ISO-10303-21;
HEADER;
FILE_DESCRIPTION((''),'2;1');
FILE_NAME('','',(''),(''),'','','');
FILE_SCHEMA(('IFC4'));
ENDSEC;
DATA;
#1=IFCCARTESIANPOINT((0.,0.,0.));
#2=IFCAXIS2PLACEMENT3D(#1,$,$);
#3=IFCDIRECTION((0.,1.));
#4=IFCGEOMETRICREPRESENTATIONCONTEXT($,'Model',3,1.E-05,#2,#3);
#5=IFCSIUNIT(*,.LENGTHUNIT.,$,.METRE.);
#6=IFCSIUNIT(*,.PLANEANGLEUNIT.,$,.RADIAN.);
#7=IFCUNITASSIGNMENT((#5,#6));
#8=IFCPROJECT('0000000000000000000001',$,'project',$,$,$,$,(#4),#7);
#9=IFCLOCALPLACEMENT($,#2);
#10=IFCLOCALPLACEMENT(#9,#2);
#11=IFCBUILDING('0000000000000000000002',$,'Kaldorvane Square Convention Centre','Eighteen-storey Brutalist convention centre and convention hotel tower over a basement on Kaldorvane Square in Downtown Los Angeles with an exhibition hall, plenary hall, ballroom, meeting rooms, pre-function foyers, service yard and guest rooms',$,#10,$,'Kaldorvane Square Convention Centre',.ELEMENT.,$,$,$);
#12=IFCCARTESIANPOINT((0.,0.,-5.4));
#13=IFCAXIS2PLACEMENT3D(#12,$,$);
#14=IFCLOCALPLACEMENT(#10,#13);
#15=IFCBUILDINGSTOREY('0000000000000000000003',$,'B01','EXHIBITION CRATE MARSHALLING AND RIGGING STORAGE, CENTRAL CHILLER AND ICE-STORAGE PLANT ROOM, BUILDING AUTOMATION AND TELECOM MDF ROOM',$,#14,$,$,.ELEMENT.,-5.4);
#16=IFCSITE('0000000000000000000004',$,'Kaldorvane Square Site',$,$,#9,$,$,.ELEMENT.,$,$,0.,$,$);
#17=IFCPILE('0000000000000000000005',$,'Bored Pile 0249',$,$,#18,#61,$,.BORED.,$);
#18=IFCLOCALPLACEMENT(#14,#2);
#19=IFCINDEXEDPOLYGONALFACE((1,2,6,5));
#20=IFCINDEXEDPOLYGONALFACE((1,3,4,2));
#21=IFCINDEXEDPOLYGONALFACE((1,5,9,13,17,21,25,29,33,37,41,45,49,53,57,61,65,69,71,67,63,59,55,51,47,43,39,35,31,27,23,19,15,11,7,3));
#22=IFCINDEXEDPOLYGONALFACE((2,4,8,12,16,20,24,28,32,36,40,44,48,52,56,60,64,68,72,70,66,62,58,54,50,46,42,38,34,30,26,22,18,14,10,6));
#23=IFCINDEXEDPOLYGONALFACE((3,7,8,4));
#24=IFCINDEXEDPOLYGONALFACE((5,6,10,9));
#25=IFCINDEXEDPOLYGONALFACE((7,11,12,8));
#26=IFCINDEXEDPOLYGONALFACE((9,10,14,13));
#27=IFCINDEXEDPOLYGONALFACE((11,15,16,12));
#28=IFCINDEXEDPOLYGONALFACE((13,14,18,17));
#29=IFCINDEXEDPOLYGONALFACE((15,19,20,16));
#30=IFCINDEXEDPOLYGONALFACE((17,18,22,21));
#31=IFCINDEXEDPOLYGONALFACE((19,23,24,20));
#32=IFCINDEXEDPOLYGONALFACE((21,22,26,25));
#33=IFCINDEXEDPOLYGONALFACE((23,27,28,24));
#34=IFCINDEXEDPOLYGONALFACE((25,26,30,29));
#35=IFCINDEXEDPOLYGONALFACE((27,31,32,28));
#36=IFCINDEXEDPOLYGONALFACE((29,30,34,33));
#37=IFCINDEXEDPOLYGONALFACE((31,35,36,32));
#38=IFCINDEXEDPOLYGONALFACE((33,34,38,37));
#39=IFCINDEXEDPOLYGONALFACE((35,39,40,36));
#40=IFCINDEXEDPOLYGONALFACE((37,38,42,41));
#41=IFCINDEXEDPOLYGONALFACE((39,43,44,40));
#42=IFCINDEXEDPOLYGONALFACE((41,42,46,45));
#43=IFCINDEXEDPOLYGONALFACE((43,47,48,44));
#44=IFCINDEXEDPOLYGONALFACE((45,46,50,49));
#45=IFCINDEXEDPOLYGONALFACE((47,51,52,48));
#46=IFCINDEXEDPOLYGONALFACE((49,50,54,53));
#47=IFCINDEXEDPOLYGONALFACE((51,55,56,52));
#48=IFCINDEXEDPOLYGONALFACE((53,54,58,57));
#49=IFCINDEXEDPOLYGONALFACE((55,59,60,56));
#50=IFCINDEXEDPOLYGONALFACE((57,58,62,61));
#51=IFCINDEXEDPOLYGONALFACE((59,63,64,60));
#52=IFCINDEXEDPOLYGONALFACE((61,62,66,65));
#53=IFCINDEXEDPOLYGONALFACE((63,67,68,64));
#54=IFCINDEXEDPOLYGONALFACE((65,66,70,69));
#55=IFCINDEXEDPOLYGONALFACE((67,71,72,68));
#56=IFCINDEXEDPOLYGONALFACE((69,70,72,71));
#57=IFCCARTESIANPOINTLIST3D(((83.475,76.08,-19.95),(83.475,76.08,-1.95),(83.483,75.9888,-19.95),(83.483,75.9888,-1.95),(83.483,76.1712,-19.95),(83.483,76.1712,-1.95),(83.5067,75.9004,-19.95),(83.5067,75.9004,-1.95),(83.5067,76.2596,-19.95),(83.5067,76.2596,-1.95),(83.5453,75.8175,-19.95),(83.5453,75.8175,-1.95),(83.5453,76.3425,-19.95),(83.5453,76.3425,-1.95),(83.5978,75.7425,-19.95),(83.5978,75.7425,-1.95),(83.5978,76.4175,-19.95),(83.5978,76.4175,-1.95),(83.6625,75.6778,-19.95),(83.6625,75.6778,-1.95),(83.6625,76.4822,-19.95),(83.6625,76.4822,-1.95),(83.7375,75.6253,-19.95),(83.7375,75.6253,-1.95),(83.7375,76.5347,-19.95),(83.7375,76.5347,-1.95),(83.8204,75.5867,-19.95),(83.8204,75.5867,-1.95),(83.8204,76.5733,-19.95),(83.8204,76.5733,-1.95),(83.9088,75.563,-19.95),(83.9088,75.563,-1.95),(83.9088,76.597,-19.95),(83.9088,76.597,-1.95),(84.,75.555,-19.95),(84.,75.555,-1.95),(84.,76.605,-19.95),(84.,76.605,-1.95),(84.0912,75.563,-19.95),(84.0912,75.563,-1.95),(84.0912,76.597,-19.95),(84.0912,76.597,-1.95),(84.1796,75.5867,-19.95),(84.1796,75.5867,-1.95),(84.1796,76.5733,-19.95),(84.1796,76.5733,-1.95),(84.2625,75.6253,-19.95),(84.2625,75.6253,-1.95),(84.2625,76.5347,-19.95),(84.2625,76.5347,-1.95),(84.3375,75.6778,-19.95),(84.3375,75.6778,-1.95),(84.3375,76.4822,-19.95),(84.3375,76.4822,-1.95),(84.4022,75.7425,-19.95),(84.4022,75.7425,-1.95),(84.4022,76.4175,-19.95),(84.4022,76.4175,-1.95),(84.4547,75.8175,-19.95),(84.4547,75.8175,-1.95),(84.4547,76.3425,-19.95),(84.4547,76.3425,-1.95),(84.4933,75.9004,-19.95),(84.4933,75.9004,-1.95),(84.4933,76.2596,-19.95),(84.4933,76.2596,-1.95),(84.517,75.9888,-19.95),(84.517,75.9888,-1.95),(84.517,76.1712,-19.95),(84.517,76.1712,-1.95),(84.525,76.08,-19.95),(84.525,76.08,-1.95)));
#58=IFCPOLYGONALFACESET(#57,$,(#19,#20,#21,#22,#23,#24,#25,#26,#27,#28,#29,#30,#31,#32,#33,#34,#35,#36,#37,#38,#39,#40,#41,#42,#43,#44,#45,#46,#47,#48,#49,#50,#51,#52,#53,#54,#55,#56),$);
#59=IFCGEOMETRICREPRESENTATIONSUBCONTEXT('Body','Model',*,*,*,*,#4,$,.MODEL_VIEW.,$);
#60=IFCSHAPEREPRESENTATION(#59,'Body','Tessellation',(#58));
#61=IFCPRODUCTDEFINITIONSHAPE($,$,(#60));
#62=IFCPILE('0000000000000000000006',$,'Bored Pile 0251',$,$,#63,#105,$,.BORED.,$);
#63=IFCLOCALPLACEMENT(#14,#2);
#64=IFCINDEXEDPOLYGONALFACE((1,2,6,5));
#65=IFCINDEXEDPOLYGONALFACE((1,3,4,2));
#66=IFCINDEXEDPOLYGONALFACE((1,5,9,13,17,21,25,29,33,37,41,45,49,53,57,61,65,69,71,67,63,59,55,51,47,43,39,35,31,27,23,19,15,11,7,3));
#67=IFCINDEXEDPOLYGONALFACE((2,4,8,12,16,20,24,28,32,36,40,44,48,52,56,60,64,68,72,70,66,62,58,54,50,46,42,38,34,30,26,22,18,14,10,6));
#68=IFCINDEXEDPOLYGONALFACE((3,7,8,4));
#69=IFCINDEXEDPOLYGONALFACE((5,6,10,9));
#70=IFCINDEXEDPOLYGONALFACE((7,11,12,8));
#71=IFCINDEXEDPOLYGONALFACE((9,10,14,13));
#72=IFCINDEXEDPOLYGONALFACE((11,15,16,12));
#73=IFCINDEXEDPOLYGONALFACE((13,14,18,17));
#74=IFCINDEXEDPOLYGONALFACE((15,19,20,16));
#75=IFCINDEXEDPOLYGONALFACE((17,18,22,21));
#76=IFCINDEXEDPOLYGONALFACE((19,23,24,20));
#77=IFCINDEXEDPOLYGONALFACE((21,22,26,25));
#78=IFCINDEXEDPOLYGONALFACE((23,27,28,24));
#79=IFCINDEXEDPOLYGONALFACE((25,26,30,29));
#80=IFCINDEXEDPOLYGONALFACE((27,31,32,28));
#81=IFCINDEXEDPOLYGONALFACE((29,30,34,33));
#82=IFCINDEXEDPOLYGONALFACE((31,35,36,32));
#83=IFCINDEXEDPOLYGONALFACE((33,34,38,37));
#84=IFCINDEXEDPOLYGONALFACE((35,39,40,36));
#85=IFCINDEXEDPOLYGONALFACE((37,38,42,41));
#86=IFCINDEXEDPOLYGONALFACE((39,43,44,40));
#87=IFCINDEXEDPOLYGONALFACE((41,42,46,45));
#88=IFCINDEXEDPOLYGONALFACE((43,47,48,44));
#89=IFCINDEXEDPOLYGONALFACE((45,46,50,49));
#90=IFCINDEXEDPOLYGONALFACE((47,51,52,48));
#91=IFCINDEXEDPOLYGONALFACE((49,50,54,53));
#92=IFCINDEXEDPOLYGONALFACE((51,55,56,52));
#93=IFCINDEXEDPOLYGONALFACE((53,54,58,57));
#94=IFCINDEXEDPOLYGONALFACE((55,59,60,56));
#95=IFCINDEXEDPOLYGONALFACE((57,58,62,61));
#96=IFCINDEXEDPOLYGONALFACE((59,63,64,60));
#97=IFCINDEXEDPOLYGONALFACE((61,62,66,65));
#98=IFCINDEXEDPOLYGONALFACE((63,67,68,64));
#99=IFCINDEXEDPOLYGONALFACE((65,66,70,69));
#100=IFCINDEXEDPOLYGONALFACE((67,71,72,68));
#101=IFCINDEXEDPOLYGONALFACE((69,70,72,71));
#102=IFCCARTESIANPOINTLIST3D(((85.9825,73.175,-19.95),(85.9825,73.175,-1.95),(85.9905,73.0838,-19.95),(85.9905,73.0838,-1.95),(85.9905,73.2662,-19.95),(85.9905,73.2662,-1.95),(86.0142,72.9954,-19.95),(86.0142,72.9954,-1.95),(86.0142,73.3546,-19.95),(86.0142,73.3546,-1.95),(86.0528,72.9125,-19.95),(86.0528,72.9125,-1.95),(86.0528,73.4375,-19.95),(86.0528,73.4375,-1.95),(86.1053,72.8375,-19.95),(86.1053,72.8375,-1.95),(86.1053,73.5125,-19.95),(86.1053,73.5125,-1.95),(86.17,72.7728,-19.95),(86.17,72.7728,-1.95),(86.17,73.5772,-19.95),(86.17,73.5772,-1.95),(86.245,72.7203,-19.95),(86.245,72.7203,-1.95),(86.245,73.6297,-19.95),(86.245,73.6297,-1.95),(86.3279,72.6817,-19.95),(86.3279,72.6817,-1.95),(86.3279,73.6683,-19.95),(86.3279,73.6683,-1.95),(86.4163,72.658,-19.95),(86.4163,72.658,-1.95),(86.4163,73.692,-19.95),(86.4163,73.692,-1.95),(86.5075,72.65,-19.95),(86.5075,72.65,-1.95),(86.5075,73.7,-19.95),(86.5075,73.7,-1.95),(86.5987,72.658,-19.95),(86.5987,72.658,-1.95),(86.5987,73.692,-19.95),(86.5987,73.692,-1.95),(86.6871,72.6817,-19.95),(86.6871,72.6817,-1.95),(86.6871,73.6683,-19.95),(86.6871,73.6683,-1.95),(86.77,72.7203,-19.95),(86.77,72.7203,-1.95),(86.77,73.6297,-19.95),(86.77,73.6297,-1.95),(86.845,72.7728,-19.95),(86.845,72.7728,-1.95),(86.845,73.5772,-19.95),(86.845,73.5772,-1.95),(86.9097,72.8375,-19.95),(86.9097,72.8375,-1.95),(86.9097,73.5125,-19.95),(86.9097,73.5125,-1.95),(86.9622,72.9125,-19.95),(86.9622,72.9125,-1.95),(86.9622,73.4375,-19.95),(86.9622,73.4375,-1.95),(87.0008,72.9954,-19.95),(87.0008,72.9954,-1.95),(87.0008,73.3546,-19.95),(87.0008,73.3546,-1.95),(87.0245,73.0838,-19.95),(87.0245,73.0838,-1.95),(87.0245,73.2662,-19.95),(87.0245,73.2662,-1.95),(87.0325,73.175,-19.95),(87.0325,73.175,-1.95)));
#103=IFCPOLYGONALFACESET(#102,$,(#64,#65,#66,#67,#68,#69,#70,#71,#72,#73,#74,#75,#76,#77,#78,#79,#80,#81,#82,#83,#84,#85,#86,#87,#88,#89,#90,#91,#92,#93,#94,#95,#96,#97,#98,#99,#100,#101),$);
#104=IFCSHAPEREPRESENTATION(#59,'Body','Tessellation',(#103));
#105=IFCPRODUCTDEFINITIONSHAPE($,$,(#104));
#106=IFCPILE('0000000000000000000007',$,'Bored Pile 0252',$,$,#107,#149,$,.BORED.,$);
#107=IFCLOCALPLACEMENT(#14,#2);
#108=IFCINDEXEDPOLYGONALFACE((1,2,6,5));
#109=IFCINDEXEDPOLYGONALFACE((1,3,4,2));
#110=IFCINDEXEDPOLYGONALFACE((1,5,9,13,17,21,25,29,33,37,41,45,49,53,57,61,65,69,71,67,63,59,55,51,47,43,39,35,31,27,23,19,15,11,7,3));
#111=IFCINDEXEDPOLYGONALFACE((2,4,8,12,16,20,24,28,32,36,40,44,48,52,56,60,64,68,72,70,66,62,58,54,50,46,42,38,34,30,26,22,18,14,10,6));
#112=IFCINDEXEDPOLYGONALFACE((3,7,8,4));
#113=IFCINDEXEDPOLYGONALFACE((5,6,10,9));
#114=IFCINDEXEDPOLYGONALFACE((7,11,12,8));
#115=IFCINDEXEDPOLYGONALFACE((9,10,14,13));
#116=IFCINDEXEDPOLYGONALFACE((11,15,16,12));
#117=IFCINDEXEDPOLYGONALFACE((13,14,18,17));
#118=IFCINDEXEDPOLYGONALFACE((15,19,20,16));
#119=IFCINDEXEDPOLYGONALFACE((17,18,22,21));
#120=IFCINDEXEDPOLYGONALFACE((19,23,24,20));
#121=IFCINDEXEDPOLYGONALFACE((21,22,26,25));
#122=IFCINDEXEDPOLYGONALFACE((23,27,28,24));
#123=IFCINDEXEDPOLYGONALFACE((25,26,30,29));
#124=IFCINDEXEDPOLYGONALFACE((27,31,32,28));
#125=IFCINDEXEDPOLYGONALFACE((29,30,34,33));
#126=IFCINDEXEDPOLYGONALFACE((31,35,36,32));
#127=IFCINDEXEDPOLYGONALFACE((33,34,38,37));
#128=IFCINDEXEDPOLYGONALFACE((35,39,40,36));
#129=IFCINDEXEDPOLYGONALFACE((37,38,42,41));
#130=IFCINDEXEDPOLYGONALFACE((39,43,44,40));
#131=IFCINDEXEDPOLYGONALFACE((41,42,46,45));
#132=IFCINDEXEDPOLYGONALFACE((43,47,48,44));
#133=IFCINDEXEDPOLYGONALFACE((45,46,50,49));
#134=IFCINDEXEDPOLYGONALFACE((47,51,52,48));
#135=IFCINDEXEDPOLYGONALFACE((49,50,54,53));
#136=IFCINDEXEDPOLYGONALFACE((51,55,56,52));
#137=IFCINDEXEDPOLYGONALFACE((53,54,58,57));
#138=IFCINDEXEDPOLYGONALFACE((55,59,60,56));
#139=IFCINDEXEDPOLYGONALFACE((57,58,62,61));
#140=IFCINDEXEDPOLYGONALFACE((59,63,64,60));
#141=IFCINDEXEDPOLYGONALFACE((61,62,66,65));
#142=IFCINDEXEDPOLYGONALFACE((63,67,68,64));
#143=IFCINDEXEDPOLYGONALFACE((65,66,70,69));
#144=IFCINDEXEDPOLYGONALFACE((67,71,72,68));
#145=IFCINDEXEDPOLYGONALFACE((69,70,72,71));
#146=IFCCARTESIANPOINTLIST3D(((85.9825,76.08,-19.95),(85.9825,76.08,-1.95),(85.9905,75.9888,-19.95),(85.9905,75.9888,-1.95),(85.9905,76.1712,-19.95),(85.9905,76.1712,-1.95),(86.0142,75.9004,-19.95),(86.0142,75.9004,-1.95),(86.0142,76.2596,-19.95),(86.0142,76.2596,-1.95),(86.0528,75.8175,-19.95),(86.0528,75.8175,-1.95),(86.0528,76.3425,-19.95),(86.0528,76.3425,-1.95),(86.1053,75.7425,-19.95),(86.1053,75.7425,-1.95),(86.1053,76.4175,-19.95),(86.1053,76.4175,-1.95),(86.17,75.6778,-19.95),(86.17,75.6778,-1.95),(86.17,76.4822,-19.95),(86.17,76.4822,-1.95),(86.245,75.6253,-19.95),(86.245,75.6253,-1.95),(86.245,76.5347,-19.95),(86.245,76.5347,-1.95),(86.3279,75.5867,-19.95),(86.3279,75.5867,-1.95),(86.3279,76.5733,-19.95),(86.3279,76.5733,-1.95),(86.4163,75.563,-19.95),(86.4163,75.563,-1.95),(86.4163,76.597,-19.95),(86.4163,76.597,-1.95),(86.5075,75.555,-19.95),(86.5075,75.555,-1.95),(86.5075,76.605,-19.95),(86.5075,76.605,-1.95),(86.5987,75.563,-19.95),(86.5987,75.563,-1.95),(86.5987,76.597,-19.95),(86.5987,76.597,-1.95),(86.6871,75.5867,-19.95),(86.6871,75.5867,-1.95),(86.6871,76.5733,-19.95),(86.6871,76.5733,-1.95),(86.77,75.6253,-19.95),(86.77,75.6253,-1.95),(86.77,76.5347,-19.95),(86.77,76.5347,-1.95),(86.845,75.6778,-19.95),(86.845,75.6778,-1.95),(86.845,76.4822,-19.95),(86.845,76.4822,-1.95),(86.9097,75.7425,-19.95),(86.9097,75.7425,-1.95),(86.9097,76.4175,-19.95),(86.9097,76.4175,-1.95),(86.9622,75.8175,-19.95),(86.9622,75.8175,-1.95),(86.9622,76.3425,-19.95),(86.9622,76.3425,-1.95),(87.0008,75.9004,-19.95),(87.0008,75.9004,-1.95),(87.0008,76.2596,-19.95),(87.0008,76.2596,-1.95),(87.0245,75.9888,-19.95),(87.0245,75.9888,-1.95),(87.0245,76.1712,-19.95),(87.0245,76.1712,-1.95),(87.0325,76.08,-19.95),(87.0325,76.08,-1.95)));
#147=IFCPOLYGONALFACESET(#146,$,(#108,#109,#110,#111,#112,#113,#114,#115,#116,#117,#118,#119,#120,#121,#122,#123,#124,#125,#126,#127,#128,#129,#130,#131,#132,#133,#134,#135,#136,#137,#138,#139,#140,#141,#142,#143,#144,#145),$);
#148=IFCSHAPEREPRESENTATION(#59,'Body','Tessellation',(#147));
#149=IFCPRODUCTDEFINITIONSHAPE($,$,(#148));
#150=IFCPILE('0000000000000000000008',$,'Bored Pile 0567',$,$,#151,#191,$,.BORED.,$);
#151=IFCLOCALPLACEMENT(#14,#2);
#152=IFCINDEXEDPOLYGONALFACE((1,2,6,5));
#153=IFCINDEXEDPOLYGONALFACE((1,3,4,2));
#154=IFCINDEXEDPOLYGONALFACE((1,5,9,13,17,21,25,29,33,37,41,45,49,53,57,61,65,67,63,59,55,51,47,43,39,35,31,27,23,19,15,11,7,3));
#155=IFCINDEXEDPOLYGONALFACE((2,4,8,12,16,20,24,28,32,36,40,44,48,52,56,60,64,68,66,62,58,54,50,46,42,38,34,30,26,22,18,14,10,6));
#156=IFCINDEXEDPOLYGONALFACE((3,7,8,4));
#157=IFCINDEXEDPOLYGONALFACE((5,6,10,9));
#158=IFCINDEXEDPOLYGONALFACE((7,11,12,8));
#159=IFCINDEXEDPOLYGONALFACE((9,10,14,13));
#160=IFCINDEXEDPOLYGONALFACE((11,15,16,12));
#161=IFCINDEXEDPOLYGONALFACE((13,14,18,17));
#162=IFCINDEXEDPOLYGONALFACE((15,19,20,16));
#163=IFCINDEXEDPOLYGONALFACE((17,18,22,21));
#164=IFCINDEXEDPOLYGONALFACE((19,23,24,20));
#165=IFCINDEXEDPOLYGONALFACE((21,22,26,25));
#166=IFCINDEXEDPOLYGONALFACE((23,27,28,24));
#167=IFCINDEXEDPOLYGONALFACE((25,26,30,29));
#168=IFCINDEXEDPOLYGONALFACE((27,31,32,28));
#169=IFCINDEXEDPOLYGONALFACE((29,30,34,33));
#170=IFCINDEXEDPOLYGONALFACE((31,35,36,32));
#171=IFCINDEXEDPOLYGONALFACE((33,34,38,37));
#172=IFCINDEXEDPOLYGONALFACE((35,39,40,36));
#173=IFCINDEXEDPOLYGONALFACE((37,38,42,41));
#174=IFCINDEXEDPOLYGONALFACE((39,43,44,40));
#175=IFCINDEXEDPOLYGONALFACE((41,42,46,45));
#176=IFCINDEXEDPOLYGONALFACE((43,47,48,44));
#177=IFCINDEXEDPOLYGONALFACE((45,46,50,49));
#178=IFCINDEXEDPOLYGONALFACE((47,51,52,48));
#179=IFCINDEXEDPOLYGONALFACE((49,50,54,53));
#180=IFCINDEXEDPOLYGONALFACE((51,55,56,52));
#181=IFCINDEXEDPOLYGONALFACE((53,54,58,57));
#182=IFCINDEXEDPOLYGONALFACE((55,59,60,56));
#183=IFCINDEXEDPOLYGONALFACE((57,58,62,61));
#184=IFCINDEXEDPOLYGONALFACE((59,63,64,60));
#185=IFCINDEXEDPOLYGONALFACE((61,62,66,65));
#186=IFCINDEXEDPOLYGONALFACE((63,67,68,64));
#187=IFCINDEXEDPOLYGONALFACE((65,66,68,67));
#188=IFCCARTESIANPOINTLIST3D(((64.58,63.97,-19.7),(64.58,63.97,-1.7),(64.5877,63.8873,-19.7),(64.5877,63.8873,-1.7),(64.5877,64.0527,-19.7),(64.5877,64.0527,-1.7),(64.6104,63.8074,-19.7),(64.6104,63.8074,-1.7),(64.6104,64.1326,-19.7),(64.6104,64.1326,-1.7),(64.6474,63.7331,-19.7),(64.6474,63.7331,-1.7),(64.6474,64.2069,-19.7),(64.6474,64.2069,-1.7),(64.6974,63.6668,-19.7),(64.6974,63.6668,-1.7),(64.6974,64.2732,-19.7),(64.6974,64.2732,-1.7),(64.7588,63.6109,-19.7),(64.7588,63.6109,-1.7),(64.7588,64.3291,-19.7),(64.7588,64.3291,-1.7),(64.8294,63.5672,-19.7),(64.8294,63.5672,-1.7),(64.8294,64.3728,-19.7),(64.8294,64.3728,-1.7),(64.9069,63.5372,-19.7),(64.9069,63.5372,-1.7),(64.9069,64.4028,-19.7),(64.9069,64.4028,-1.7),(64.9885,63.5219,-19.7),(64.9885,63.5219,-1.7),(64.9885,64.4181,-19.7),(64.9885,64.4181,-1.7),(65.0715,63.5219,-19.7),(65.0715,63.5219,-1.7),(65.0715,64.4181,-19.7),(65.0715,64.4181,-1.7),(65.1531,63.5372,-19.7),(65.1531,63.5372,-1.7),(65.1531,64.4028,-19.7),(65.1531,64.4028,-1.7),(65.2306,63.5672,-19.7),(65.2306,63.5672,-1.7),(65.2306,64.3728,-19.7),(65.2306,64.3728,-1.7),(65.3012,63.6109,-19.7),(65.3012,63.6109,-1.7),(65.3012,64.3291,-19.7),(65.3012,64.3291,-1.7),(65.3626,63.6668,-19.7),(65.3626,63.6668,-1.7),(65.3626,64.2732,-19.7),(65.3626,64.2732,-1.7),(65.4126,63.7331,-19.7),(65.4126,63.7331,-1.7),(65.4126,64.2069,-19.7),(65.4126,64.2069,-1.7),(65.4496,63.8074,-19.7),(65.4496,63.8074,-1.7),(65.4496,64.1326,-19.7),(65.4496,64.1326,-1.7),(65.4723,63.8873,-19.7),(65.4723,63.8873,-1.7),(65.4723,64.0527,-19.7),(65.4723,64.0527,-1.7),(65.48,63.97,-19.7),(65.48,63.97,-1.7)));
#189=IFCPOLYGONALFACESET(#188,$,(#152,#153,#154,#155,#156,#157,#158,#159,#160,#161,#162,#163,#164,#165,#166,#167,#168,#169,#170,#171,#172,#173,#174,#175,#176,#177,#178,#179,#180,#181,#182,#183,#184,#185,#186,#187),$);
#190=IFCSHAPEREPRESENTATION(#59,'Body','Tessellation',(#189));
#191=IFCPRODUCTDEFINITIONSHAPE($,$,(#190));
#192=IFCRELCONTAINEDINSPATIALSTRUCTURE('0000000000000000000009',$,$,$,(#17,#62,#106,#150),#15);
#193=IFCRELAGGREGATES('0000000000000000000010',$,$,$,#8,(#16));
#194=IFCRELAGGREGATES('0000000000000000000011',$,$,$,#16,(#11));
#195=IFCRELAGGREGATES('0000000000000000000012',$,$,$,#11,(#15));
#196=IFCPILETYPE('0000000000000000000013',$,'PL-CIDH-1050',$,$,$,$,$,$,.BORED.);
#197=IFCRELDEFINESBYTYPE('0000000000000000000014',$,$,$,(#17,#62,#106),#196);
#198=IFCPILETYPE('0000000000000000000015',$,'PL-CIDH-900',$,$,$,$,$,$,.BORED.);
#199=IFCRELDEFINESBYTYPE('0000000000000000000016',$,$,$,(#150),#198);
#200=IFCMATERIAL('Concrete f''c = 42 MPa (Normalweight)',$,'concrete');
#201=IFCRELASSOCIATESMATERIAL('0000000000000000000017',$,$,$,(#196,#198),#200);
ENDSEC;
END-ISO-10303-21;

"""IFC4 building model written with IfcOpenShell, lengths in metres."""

from ifc_helpers import new_model, si_unit, direction, frame, origin, origin_2d, place, context, subcontext, project, spatial, circle, extrude, material, material_profile, profile_set, type_object, element, save


model = new_model("IFC4")

# Units and contexts
model_context = context("Model", 3, precision=1e-05, world=origin(), true_north=direction((0.0, 1.0)))
body_context = subcontext(model_context, "Body", "Model", "MODEL_VIEW")
ifc_project = project(units=[si_unit("LENGTHUNIT", "METRE"), si_unit("PLANEANGLEUNIT", "RADIAN")], contexts=[model_context])

# Site, building, storey
site_placement = place(None, origin())
site = spatial("IfcSite", under=ifc_project, at=site_placement, Name="Kaldorvane Square Site", CompositionType="ELEMENT", RefElevation=0.0)
building_placement = place(site_placement, origin())
building = spatial("IfcBuilding", under=site, at=building_placement, Name="Kaldorvane Square Convention Centre", Description="Eighteen-storey Brutalist convention centre and convention hotel tower over a basement on Kaldorvane Square in Downtown Los Angeles with an exhibition hall, plenary hall, ballroom, meeting rooms, pre-function foyers, service yard and guest rooms", LongName="Kaldorvane Square Convention Centre", CompositionType="ELEMENT")
storey_placement = place(building_placement, frame((0.0, 0.0, -5.4)))
storey = spatial("IfcBuildingStorey", under=building, at=storey_placement, Name="B01", Description="EXHIBITION CRATE MARSHALLING AND RIGGING STORAGE, CENTRAL CHILLER AND ICE-STORAGE PLANT ROOM, BUILDING AUTOMATION AND TELECOM MDF ROOM", CompositionType="ELEMENT", Elevation=-5.4)

# Shared definitions
ifc_material_1 = material(Name="Concrete f'c = 42 MPa (Normalweight)", Category="concrete")

# Piles
ifc_material_profile_1 = material_profile(ifc_material_1, circle(Radius=0.525, at=origin_2d()), Name="PILE-D1050")
ifc_profile_set_1 = profile_set([ifc_material_profile_1], Name="Concrete f'c = 42 MPa (Normalweight)")
pile_type_1 = type_object("IfcPileType", Name="PL-CIDH-1050", PredefinedType="BORED", material=ifc_profile_set_1)
for number, where, z_axis, x_axis, name in (
    (1, (84.0, 76.08, -1.95), (0.0, 0.0, -1.0), (1.0, 0.0, 0.0), "Bored Pile 0249"),
    (2, (86.5075, 73.175, -1.95), (0.0, 0.0, -1.0), (1.0, 0.0, 0.0), "Bored Pile 0251"),
    (3, (86.5075, 76.08, -1.95), (0.0, 0.0, -1.0), (1.0, 0.0, 0.0), "Bored Pile 0252"),
):
    element("IfcPile", number, at=place(storey_placement, frame(where, z_axis=z_axis, x_axis=x_axis)), inside=storey, type_object=pile_type_1, Name=name, PredefinedType="BORED", context=body_context, shape_type="SweptSolid", body=[
        extrude(circle(Radius=0.525, at=origin_2d()), origin(), (0.0, 0.0, 1.0), 18.0),
    ])
ifc_material_profile_2 = material_profile(ifc_material_1, circle(Radius=0.45, at=origin_2d()), Name="PILE-D900")
ifc_profile_set_2 = profile_set([ifc_material_profile_2], Name="Concrete f'c = 42 MPa (Normalweight)")
pile_type_2 = type_object("IfcPileType", Name="PL-CIDH-900", PredefinedType="BORED", material=ifc_profile_set_2)
for number, where, z_axis, x_axis, name in (
    (4, (65.03, 63.97, -1.7), (0.0, 0.0, -1.0), (1.0, 0.0, 0.0), "Bored Pile 0567"),
):
    element("IfcPile", number, at=place(storey_placement, frame(where, z_axis=z_axis, x_axis=x_axis)), inside=storey, type_object=pile_type_2, Name=name, PredefinedType="BORED", context=body_context, shape_type="SweptSolid", body=[
        extrude(circle(Radius=0.45, at=origin_2d()), origin(), (0.0, 0.0, 1.0), 18.0),
    ])

save(model, "model.ifc")
